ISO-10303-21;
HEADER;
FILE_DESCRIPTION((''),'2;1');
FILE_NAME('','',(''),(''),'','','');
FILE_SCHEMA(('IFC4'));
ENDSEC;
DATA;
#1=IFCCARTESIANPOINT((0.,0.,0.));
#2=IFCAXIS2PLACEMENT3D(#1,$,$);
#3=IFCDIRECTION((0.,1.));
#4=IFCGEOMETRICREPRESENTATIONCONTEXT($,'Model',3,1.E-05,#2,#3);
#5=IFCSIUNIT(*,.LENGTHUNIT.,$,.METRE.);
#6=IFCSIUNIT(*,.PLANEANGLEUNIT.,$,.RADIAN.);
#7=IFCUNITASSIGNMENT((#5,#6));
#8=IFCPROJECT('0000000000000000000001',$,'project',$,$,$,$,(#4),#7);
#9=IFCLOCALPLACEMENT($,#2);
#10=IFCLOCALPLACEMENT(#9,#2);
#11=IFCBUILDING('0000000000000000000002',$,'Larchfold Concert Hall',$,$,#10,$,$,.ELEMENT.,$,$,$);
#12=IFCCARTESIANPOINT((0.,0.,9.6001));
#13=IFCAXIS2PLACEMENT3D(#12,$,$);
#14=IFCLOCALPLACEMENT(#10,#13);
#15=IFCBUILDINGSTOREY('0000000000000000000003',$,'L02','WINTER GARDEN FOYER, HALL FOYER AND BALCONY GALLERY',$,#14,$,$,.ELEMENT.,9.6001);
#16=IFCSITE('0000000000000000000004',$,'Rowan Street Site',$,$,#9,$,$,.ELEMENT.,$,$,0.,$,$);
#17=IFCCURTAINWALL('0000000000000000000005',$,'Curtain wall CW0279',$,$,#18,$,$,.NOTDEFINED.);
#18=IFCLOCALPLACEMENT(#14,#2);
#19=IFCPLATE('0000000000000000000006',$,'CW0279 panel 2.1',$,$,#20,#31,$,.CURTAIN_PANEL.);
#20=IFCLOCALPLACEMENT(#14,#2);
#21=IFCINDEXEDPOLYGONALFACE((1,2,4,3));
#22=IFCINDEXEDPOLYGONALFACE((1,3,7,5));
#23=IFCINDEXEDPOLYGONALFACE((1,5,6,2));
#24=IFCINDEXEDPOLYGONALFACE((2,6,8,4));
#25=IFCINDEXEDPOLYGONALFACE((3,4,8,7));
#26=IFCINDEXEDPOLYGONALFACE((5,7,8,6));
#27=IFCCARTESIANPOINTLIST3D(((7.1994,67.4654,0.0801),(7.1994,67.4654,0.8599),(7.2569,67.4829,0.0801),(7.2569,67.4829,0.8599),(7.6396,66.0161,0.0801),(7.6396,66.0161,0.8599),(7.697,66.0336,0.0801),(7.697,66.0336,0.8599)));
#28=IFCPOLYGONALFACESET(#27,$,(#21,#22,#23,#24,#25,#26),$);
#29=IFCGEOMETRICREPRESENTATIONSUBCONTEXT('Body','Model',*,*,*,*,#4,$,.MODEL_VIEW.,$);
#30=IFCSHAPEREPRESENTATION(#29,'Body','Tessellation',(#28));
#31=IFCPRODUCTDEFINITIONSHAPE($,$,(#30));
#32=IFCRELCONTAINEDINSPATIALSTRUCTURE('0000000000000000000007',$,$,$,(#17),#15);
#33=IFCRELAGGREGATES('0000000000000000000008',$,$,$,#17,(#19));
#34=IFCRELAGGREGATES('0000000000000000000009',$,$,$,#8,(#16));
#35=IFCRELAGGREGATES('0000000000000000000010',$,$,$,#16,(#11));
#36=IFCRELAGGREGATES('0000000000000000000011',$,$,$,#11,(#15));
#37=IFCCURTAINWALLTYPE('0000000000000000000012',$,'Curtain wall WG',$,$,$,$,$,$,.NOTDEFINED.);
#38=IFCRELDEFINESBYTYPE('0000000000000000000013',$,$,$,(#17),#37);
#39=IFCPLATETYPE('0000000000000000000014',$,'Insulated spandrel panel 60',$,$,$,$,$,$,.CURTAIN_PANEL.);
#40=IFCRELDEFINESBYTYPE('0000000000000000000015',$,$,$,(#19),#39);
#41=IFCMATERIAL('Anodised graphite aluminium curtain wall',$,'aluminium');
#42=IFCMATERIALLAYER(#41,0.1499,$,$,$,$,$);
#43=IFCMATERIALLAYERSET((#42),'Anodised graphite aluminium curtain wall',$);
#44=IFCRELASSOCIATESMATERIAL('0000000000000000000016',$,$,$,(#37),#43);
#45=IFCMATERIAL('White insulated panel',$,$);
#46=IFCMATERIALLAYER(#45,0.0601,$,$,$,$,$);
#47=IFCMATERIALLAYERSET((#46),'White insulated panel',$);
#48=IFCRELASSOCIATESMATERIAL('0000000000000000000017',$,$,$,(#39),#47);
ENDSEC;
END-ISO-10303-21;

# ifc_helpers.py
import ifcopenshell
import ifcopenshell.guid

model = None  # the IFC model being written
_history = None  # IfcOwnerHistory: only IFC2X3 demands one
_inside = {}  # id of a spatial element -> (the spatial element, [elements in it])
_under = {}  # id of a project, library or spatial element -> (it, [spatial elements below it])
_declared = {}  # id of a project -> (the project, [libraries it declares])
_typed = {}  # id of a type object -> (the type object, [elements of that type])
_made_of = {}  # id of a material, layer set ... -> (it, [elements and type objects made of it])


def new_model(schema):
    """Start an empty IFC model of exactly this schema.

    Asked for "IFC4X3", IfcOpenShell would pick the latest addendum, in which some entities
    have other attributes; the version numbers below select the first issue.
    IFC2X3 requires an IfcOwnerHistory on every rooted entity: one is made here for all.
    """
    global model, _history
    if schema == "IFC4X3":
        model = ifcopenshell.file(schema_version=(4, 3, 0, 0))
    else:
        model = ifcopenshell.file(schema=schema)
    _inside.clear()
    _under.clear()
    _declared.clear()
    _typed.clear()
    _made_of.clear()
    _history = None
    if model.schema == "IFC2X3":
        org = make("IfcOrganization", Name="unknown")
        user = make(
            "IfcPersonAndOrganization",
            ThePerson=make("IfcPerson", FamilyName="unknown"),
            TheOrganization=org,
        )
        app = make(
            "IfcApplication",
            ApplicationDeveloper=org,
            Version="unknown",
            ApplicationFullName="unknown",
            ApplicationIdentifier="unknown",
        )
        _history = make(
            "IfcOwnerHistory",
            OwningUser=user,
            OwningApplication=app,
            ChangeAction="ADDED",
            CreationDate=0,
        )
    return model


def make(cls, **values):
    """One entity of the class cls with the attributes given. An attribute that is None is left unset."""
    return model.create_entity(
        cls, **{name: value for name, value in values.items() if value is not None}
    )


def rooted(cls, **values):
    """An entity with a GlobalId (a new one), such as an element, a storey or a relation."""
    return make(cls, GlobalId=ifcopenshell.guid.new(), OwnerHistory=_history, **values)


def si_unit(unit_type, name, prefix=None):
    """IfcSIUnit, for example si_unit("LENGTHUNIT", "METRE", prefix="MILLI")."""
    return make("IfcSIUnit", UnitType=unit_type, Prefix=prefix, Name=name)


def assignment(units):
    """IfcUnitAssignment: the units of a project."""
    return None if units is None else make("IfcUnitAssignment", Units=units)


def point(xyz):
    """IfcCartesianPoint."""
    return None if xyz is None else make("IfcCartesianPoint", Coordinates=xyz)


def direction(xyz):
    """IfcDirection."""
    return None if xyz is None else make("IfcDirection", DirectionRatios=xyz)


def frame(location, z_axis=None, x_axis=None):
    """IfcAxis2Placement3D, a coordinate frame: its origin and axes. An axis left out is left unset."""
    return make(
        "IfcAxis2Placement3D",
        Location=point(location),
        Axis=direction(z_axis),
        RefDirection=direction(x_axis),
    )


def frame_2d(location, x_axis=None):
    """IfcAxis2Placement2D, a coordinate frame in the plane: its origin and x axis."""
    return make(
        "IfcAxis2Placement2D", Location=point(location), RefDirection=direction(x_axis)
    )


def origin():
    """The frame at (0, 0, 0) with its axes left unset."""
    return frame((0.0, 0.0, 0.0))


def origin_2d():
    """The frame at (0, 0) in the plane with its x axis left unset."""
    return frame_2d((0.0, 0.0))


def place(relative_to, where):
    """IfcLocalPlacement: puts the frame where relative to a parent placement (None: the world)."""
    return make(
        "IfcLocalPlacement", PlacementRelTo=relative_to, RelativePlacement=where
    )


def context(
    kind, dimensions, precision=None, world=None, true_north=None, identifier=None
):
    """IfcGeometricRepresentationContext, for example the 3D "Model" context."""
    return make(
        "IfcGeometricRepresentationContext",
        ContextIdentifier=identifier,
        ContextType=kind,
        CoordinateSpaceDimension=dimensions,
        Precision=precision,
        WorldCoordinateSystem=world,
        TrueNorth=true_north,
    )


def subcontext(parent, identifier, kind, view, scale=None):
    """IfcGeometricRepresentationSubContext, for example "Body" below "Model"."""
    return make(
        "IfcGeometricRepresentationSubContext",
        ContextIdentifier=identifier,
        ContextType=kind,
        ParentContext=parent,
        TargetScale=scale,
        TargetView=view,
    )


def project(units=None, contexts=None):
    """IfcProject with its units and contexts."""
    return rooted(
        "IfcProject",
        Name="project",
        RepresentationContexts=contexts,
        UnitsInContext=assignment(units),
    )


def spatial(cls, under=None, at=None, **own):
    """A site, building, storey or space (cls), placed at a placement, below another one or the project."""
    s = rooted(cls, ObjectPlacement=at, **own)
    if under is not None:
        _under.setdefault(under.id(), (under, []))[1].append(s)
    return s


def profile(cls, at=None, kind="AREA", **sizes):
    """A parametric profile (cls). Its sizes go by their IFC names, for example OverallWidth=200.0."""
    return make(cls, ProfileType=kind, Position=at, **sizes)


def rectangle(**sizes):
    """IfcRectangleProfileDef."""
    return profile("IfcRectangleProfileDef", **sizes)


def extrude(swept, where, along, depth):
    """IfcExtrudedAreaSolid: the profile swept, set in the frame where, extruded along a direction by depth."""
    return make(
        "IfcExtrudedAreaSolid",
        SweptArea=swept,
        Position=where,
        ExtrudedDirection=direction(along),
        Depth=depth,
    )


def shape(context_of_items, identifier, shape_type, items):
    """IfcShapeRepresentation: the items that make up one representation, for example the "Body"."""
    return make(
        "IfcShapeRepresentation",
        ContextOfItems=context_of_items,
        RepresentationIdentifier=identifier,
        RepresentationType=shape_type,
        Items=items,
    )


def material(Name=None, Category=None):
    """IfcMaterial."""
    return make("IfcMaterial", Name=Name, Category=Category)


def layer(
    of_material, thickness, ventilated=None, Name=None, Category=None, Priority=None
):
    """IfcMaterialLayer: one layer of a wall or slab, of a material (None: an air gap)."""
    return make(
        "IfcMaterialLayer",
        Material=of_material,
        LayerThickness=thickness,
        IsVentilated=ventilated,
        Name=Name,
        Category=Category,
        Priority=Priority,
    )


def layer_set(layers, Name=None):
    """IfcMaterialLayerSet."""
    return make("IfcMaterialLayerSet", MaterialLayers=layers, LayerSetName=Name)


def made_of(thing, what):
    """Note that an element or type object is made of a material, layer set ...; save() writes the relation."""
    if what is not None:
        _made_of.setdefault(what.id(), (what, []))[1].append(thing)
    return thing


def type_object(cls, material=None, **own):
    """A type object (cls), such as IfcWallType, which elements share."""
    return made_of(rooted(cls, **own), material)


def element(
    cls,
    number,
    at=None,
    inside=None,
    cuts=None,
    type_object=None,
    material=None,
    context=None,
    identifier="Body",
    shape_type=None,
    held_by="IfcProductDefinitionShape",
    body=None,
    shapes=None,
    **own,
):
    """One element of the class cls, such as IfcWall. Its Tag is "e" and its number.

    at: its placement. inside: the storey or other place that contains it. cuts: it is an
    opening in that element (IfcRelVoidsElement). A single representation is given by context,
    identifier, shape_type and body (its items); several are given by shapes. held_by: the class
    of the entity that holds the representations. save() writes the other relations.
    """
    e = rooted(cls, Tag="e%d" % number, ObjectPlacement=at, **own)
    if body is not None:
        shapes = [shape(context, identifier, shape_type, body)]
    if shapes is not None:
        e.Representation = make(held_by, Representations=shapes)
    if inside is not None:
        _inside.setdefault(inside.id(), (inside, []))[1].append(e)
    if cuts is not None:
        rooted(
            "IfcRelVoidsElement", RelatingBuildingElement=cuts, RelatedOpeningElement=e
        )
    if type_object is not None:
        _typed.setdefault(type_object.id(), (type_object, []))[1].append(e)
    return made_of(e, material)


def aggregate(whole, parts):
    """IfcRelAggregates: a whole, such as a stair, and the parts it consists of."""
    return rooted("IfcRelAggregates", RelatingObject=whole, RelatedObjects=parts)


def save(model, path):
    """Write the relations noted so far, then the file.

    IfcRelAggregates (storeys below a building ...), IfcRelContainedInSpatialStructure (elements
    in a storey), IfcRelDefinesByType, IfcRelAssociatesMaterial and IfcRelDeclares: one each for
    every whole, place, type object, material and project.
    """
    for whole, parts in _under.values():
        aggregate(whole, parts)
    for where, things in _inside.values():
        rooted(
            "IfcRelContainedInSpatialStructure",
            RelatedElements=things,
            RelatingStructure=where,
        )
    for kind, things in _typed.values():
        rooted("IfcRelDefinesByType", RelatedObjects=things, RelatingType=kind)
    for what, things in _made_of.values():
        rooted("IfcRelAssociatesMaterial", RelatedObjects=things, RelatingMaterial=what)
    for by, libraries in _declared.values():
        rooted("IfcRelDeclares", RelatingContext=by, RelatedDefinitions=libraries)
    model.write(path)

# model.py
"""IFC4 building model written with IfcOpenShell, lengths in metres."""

from ifc_helpers import new_model, si_unit, direction, frame, origin, origin_2d, place, context, subcontext, project, spatial, rectangle, extrude, material, layer, layer_set, type_object, element, aggregate, save


model = new_model("IFC4")

# Units and contexts
model_context = context("Model", 3, precision=1e-05, world=origin(), true_north=direction((0.0, 1.0)))
body_context = subcontext(model_context, "Body", "Model", "MODEL_VIEW")
ifc_project = project(units=[si_unit("LENGTHUNIT", "METRE"), si_unit("PLANEANGLEUNIT", "RADIAN")], contexts=[model_context])

# Site, building, storey
site_placement = place(None, origin())
site = spatial("IfcSite", under=ifc_project, at=site_placement, Name="Rowan Street Site", CompositionType="ELEMENT", RefElevation=0.0)
building_placement = place(site_placement, origin())
building = spatial("IfcBuilding", under=site, at=building_placement, Name="Larchfold Concert Hall", CompositionType="ELEMENT")
storey_placement = place(building_placement, frame((0.0, 0.0, 9.6001)))
storey = spatial("IfcBuildingStorey", under=building, at=storey_placement, Name="L02", Description="WINTER GARDEN FOYER, HALL FOYER AND BALCONY GALLERY", CompositionType="ELEMENT", Elevation=9.6001)

# Shared definitions
ifc_material_1 = material(Name="Anodised graphite aluminium curtain wall", Category="aluminium")
ifc_layer_1 = layer(ifc_material_1, 0.1499)
ifc_layer_set_1 = layer_set([ifc_layer_1], Name="Anodised graphite aluminium curtain wall")
curtain_wall_type = type_object("IfcCurtainWallType", Name="Curtain wall WG", PredefinedType="NOTDEFINED", material=ifc_layer_set_1)

# Curtain wall
curtain_wall_1_placement = place(storey_placement, origin())
curtain_wall_1 = element("IfcCurtainWall", 1, at=curtain_wall_1_placement, inside=storey, type_object=curtain_wall_type, Name="Curtain wall CW0279", PredefinedType="NOTDEFINED")

# Plate
ifc_material_2 = material(Name="White insulated panel")
ifc_layer_2 = layer(ifc_material_2, 0.0601)
ifc_layer_set_2 = layer_set([ifc_layer_2], Name="White insulated panel")
plate_type_1 = type_object("IfcPlateType", Name="Insulated spandrel panel 60", PredefinedType="CURTAIN_PANEL", material=ifc_layer_set_2)
plate_1_placement = place(storey_placement, frame((7.4482, 66.7495, 0.0801), z_axis=(0.0, 0.0, 1.0), x_axis=(0.290577, -0.956851, 0.0)))
plate_1 = element("IfcPlate", 2, at=plate_1_placement, type_object=plate_type_1, Name="CW0279 panel 2.1", PredefinedType="CURTAIN_PANEL", context=body_context, shape_type="SweptSolid", body=[
    extrude(rectangle(XDim=1.5146, YDim=0.0601, at=origin_2d()), origin(), (0.0, 0.0, 1.0), 0.7798),
])
aggregate(curtain_wall_1, [plate_1])

save(model, "model.ifc")
